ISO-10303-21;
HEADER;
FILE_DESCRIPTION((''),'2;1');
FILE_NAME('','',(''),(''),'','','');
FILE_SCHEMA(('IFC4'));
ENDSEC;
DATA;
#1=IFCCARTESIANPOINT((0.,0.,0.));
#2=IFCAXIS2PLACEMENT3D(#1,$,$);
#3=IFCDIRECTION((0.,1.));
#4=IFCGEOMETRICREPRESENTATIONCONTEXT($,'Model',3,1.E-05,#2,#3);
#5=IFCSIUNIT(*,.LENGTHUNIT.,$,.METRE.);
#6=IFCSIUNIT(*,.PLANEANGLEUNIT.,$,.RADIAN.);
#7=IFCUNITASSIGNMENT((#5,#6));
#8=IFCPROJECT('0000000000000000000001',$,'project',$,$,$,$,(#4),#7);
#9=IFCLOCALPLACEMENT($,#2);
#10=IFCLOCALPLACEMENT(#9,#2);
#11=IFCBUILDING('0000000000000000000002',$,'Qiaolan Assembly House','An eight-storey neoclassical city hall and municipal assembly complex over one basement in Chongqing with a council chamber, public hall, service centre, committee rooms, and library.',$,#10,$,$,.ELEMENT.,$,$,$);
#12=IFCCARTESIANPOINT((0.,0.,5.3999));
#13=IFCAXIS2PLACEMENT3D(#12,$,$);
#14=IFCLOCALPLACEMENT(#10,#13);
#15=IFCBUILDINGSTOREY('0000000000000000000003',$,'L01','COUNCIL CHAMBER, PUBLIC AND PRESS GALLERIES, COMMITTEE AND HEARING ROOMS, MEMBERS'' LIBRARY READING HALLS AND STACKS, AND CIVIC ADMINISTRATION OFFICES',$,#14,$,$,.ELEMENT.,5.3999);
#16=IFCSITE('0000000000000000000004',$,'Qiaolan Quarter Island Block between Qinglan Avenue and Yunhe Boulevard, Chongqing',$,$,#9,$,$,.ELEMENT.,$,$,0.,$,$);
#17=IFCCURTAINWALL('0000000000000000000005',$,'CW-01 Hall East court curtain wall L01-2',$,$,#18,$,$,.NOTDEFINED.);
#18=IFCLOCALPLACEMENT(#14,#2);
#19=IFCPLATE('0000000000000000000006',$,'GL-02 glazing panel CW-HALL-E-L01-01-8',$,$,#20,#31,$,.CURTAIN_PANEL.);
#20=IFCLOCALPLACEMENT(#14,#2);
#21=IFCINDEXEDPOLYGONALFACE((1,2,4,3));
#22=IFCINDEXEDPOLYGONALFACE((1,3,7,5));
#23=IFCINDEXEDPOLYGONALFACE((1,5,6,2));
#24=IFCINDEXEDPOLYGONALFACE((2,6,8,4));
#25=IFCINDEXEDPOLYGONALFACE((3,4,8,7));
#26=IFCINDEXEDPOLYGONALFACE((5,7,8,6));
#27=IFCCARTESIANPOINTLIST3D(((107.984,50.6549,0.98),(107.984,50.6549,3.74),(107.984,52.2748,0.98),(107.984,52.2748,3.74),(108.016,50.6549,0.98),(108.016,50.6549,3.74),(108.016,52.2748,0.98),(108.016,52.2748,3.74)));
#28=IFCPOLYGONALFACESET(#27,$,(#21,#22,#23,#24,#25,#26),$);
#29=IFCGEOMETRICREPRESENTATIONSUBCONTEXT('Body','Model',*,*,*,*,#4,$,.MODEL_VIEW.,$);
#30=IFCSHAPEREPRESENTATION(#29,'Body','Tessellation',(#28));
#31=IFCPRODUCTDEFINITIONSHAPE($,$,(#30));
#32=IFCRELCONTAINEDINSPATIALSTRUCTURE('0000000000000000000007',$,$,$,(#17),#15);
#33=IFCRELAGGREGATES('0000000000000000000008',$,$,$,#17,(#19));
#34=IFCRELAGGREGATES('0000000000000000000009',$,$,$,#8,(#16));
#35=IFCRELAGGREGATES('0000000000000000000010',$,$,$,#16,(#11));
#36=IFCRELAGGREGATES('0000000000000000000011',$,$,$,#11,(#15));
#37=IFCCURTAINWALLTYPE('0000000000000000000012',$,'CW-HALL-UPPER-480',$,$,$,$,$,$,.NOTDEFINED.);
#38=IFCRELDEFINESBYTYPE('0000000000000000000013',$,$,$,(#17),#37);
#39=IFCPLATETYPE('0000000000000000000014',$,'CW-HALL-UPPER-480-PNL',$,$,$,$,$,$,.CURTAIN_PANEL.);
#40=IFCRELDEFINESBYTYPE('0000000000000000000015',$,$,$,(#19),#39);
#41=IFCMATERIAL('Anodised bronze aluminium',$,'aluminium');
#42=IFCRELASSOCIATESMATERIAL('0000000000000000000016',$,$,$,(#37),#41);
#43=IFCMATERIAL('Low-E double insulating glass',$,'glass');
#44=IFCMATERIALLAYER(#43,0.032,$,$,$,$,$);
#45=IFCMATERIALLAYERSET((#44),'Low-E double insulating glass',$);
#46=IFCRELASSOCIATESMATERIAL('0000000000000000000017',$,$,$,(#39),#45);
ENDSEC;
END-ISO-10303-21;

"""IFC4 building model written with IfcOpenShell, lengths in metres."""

from ifc_helpers import new_model, si_unit, direction, frame, frame_2d, origin, place, context, subcontext, project, spatial, rectangle, extrude, material, layer, layer_set, type_object, element, aggregate, save


model = new_model("IFC4")

# Units and contexts
model_context = context("Model", 3, precision=1e-05, world=origin(), true_north=direction((0.0, 1.0)))
body_context = subcontext(model_context, "Body", "Model", "MODEL_VIEW")
ifc_project = project(units=[si_unit("LENGTHUNIT", "METRE"), si_unit("PLANEANGLEUNIT", "RADIAN")], contexts=[model_context])

# Site, building, storey
site_placement = place(None, origin())
site = spatial("IfcSite", under=ifc_project, at=site_placement, Name="Qiaolan Quarter Island Block between Qinglan Avenue and Yunhe Boulevard, Chongqing", CompositionType="ELEMENT", RefElevation=0.0)
building_placement = place(site_placement, origin())
building = spatial("IfcBuilding", under=site, at=building_placement, Name="Qiaolan Assembly House", Description="An eight-storey neoclassical city hall and municipal assembly complex over one basement in Chongqing with a council chamber, public hall, service centre, committee rooms, and library.", CompositionType="ELEMENT")
storey_placement = place(building_placement, frame((0.0, 0.0, 5.3999)))
storey = spatial("IfcBuildingStorey", under=building, at=storey_placement, Name="L01", Description="COUNCIL CHAMBER, PUBLIC AND PRESS GALLERIES, COMMITTEE AND HEARING ROOMS, MEMBERS' LIBRARY READING HALLS AND STACKS, AND CIVIC ADMINISTRATION OFFICES", CompositionType="ELEMENT", Elevation=5.3999)

# Curtain wall
ifc_material_1 = material(Name="Anodised bronze aluminium", Category="aluminium")
curtain_wall_type = type_object("IfcCurtainWallType", Name="CW-HALL-UPPER-480", PredefinedType="NOTDEFINED", material=ifc_material_1)
curtain_wall_1_placement = place(storey_placement, origin())
curtain_wall_1 = element("IfcCurtainWall", 1, at=curtain_wall_1_placement, inside=storey, type_object=curtain_wall_type, Name="CW-01 Hall East court curtain wall L01-2", PredefinedType="NOTDEFINED")

# Plate
ifc_material_2 = material(Name="Low-E double insulating glass", Category="glass")
ifc_layer = layer(ifc_material_2, 0.032)
ifc_layer_set = layer_set([ifc_layer], Name="Low-E double insulating glass")
plate_type = type_object("IfcPlateType", Name="CW-HALL-UPPER-480-PNL", PredefinedType="CURTAIN_PANEL", material=ifc_layer_set)
plate_1_placement = place(storey_placement, frame((108.0, 52.2749, 0.98), z_axis=(0.0, 0.0, 1.0), x_axis=(0.0, -1.0, 0.0)))
plate_1 = element("IfcPlate", 2, at=plate_1_placement, type_object=plate_type, Name="GL-02 glazing panel CW-HALL-E-L01-01-8", PredefinedType="CURTAIN_PANEL", context=body_context, shape_type="SweptSolid", body=[
    extrude(rectangle(XDim=1.6199, YDim=0.032, at=frame_2d((0.8101, 0.0))), origin(), (0.0, 0.0, 1.0), 2.76),
])
aggregate(curtain_wall_1, [plate_1])

save(model, "model.ifc")
